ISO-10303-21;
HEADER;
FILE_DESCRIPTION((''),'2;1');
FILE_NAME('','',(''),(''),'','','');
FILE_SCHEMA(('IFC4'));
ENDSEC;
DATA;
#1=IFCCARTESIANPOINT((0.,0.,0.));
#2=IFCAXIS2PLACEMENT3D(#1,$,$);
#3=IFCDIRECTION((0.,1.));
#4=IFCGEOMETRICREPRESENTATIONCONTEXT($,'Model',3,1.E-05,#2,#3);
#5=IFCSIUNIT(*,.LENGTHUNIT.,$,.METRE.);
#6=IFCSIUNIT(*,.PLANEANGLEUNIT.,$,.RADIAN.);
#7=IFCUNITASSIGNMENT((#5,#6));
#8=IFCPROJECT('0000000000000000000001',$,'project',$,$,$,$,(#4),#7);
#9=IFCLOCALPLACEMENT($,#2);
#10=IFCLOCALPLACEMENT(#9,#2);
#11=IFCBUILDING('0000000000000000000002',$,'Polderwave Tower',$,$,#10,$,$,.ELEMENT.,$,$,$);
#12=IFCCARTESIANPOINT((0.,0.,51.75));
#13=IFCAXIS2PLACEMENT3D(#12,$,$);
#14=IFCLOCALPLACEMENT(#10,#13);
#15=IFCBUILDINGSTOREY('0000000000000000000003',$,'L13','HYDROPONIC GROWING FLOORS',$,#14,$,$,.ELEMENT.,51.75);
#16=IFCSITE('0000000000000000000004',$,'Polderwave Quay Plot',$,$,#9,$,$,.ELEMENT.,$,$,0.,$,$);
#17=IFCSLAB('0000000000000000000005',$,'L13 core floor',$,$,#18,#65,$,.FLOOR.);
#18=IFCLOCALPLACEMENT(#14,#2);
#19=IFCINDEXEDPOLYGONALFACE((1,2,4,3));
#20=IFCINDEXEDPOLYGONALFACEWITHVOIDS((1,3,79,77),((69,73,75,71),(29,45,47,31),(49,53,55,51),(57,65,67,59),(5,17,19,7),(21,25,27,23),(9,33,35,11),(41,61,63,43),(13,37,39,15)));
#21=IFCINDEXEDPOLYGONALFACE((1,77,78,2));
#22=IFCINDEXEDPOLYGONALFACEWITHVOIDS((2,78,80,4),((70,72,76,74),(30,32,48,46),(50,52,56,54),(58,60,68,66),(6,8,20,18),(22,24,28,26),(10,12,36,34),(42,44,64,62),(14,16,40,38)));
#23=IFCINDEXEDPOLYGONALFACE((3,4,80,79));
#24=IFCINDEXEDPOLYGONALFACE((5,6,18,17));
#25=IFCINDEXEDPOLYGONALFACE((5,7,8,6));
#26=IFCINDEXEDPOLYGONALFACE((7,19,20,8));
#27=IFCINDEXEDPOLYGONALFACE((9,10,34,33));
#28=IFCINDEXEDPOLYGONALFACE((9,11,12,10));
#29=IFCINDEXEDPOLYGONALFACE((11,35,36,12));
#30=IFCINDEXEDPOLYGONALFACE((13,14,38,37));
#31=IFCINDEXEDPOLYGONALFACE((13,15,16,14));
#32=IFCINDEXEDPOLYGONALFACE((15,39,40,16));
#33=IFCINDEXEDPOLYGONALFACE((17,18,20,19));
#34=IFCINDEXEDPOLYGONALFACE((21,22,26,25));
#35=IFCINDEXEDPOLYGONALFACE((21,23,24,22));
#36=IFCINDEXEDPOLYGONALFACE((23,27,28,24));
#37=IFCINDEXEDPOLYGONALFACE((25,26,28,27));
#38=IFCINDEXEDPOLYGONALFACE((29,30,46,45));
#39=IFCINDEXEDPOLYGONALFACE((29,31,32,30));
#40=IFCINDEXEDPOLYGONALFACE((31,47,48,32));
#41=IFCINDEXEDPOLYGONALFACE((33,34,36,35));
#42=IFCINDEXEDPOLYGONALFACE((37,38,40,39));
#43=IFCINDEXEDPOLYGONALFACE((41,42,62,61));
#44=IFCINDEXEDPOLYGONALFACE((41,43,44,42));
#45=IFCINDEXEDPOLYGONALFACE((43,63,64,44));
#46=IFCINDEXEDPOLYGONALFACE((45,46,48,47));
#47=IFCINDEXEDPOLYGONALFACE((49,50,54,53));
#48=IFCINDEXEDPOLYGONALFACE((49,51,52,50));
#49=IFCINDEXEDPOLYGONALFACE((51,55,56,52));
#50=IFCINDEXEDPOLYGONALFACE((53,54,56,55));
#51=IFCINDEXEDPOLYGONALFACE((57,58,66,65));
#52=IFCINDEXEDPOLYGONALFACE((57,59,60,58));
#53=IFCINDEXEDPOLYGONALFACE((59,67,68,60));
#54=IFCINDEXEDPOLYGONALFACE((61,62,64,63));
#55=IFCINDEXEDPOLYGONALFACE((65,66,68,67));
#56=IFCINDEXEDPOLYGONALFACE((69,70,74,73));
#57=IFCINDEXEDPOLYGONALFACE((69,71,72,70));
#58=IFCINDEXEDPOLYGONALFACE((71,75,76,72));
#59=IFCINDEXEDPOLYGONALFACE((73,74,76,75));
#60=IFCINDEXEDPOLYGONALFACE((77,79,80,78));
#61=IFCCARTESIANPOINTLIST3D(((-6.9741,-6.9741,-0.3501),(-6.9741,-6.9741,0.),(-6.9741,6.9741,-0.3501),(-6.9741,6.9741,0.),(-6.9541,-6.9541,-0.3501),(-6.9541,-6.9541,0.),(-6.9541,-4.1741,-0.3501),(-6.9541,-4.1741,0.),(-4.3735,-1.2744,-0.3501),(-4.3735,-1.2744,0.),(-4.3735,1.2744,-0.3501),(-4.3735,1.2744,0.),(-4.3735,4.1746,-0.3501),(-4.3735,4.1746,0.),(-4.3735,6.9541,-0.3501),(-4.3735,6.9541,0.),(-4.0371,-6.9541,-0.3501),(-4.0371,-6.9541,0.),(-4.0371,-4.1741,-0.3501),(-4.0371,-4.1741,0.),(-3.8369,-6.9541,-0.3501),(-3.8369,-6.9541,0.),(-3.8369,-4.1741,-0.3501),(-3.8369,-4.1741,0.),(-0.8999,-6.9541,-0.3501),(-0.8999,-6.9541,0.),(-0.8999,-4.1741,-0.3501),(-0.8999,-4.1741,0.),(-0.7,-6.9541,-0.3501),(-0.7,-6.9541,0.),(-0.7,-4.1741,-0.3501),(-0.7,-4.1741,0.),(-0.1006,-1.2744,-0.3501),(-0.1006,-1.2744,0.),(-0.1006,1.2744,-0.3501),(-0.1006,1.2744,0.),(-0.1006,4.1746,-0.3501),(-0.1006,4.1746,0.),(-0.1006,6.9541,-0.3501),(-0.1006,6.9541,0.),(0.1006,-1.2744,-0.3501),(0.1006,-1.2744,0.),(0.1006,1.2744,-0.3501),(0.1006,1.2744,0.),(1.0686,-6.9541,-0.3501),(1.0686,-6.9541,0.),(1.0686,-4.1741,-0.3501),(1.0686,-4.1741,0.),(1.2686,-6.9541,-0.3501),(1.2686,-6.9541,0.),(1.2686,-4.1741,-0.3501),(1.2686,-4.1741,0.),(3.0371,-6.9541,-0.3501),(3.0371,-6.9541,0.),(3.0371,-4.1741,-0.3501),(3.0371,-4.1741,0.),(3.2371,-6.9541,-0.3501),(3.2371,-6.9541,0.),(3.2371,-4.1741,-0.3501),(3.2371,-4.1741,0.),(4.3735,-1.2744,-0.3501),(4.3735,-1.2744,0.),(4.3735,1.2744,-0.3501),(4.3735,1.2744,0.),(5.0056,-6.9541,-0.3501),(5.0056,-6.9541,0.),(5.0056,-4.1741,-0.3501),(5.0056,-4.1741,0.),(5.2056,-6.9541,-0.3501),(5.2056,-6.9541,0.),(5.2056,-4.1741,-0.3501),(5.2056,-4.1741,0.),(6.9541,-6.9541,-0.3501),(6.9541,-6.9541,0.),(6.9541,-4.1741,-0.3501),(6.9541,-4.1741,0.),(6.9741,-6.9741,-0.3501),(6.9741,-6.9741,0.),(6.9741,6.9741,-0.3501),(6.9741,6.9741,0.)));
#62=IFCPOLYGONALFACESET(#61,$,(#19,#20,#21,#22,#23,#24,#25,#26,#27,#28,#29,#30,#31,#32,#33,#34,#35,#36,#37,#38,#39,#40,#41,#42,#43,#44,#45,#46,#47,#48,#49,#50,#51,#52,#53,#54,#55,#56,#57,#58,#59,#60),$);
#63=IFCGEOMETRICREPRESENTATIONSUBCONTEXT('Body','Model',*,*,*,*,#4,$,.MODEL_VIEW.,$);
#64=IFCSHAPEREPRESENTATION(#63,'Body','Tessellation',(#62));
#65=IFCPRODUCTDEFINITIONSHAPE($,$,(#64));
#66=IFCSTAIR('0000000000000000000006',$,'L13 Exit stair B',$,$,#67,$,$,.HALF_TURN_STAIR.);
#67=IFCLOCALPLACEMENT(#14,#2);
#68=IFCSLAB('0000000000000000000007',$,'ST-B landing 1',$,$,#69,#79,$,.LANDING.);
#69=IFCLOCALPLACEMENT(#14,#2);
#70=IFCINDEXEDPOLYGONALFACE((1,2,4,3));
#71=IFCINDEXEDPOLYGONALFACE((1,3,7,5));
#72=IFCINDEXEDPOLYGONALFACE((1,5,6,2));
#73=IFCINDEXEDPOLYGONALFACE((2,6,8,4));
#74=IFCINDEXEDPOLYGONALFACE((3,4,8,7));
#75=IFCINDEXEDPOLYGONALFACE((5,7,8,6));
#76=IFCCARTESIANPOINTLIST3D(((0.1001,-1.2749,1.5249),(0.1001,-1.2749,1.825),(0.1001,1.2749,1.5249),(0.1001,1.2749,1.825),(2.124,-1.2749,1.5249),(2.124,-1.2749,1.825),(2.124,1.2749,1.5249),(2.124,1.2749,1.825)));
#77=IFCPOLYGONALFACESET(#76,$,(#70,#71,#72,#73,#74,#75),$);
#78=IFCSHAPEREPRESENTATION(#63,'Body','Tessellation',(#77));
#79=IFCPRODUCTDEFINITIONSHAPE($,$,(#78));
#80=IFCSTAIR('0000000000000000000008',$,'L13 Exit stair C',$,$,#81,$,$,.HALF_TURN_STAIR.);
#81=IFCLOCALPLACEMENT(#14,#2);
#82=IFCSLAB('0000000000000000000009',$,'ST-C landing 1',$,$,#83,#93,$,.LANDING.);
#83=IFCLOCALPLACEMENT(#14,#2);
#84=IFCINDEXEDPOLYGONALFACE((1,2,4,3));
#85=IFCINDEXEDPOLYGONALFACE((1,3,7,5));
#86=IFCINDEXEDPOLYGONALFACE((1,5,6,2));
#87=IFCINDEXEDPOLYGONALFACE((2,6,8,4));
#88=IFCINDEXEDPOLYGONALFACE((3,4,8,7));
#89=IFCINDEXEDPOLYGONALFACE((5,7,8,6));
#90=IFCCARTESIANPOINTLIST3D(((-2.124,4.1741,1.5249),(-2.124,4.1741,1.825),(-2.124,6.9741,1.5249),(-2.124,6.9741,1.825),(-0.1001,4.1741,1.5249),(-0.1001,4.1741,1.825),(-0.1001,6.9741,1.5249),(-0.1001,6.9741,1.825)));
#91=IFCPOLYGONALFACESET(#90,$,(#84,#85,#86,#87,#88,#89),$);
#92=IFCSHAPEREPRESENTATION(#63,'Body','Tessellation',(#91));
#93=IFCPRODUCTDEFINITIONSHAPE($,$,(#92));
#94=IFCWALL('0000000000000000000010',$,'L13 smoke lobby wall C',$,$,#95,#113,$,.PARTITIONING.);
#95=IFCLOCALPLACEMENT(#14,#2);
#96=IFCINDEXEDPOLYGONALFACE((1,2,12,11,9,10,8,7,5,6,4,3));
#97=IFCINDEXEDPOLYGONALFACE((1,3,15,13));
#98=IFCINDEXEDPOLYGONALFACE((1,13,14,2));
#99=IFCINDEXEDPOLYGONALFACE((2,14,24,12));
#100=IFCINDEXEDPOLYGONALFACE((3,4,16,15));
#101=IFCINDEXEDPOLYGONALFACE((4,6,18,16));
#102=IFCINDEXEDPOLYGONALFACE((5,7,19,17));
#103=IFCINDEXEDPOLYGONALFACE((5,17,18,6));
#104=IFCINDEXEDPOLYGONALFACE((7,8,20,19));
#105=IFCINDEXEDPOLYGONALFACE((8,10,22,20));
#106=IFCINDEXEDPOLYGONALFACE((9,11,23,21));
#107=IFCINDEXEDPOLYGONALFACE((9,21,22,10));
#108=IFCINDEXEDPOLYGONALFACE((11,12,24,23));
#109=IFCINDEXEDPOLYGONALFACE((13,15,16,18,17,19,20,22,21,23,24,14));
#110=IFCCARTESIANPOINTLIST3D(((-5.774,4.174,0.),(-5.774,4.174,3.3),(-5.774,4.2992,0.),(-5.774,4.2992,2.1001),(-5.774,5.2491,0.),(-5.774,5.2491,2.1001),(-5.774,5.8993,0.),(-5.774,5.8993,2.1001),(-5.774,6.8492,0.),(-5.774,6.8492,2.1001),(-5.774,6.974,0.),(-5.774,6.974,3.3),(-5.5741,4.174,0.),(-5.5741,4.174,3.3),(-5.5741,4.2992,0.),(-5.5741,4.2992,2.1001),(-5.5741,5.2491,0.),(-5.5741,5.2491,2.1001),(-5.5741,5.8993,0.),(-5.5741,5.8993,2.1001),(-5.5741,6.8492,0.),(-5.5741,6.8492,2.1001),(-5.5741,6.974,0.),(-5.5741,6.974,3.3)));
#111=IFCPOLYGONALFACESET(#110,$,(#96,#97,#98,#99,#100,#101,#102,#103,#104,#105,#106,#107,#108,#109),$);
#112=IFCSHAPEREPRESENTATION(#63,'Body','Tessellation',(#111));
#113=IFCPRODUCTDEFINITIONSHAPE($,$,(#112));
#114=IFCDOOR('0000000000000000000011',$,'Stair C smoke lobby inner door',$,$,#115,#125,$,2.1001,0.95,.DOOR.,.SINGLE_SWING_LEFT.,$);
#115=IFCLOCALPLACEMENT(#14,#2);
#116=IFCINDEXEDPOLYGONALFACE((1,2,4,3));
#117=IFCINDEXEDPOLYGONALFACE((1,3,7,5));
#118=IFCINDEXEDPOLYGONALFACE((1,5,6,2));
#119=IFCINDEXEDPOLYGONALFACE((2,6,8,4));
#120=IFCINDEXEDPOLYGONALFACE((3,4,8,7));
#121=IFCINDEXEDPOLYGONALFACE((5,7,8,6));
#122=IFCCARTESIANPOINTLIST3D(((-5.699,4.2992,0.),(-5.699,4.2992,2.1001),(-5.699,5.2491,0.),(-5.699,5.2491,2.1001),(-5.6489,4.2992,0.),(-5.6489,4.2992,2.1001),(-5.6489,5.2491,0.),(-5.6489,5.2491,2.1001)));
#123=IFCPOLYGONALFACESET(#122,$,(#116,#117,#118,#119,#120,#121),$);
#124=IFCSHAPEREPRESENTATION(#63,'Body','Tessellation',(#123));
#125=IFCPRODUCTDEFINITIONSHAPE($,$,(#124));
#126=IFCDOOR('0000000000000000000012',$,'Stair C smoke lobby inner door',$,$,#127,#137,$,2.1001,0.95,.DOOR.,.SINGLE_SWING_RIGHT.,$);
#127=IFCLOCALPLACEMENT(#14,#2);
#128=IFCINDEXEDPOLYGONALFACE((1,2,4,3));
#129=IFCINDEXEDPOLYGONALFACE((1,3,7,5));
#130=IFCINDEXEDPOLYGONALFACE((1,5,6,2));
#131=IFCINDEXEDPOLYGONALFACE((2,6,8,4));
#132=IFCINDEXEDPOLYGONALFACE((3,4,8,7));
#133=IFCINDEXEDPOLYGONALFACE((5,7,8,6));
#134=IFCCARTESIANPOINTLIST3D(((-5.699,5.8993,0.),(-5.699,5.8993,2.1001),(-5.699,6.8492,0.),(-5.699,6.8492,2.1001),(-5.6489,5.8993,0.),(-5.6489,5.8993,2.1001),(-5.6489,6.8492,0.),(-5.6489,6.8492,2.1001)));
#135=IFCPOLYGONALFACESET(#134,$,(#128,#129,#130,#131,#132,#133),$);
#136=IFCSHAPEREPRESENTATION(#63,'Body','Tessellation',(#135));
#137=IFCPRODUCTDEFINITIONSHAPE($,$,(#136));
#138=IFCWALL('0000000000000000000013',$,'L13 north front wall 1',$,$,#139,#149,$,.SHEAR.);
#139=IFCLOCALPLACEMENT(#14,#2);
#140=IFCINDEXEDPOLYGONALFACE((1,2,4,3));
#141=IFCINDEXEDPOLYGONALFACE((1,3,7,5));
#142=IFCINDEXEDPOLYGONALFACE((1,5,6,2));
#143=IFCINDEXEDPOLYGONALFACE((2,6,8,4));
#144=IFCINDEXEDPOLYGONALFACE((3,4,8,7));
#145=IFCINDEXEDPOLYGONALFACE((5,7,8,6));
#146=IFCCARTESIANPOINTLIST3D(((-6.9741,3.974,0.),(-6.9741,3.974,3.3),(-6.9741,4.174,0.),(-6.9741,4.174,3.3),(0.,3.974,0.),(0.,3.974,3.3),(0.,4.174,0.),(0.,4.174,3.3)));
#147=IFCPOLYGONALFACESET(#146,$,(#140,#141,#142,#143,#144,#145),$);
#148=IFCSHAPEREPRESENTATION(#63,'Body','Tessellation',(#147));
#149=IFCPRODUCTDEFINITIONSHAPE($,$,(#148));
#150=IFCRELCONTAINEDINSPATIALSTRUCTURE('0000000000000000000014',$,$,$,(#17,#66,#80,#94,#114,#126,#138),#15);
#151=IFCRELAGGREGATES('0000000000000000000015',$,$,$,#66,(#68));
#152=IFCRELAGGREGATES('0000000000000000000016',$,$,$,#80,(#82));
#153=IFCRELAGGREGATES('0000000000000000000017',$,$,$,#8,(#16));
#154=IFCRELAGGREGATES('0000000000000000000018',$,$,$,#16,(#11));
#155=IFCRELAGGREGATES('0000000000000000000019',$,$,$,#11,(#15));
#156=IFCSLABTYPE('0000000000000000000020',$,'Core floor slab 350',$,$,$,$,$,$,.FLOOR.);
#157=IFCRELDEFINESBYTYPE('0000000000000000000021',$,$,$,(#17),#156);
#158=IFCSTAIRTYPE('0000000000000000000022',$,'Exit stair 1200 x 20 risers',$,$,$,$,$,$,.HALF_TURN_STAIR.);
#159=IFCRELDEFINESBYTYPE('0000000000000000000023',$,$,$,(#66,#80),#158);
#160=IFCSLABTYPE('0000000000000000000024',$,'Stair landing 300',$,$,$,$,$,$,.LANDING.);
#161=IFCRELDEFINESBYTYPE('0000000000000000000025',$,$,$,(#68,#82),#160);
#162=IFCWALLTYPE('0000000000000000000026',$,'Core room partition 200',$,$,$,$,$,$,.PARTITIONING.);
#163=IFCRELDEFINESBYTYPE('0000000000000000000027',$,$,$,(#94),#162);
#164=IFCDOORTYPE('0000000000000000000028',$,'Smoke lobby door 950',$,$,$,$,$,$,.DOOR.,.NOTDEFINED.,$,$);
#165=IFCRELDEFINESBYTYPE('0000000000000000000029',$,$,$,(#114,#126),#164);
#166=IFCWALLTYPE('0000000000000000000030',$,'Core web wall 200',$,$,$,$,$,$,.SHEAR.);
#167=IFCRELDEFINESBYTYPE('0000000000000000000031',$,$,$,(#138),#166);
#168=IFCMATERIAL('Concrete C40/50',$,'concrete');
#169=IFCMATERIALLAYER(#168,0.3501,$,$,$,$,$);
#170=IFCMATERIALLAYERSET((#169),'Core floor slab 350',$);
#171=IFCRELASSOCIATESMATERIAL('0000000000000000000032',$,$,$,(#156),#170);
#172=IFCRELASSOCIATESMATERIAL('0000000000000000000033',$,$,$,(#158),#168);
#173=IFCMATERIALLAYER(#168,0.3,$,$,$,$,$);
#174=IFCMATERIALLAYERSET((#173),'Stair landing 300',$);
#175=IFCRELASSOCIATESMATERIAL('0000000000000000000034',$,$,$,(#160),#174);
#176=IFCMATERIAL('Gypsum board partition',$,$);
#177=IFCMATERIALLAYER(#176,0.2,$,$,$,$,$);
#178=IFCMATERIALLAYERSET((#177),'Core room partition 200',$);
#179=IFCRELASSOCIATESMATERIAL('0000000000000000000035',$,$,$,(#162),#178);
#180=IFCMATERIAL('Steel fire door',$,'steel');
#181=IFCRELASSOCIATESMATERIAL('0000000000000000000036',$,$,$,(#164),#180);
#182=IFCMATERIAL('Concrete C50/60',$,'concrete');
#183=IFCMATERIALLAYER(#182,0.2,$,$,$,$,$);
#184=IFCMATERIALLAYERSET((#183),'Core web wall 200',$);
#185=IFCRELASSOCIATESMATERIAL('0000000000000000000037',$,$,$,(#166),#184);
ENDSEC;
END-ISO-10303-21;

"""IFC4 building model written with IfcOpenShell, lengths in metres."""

from ifc_helpers import new_model, si_unit, direction, frame, frame_2d, origin, place, context, subcontext, project, spatial, polyline, rectangle, outline, extrude, material, layer, layer_set, type_object, element, fill, aggregate, save


model = new_model("IFC4")

# Units and contexts
model_context = context("Model", 3, precision=1e-05, world=origin(), true_north=direction((0.0, 1.0)))
body_context = subcontext(model_context, "Body", "Model", "MODEL_VIEW")
ifc_project = project(units=[si_unit("LENGTHUNIT", "METRE"), si_unit("PLANEANGLEUNIT", "RADIAN")], contexts=[model_context])

# Site, building, storey
site_placement = place(None, origin())
site = spatial("IfcSite", under=ifc_project, at=site_placement, Name="Polderwave Quay Plot", CompositionType="ELEMENT", RefElevation=0.0)
building_placement = place(site_placement, origin())
building = spatial("IfcBuilding", under=site, at=building_placement, Name="Polderwave Tower", CompositionType="ELEMENT")
storey_placement = place(building_placement, frame((0.0, 0.0, 51.75)))
storey = spatial("IfcBuildingStorey", under=building, at=storey_placement, Name="L13", Description="HYDROPONIC GROWING FLOORS", CompositionType="ELEMENT", Elevation=51.75)

# Slab
ifc_material_1 = material(Name="Concrete C40/50", Category="concrete")
ifc_layer_1 = layer(ifc_material_1, 0.3501)
ifc_layer_set_1 = layer_set([ifc_layer_1], Name="Core floor slab 350")
slab_type_1 = type_object("IfcSlabType", Name="Core floor slab 350", PredefinedType="FLOOR", material=ifc_layer_set_1)
slab_1_placement = place(storey_placement, frame((0.0, 0.0, -0.3501)))
element("IfcSlab", 1, at=slab_1_placement, inside=storey, type_object=slab_type_1, Name="L13 core floor", PredefinedType="FLOOR", context=body_context, shape_type="SweptSolid", body=[
    extrude(outline(polyline([(-6.9741, -6.9741), (6.9741, -6.9741), (6.9741, 6.9741), (-6.9741, 6.9741), (-6.9741, -6.9741)]), holes=[polyline([(-6.9541, -6.9541), (-4.0371, -6.9541), (-4.0371, -4.1741), (-6.9541, -4.1741), (-6.9541, -6.9541)]), polyline([(-3.8369, -6.9541), (-0.8999, -6.9541), (-0.8999, -4.1741), (-3.8369, -4.1741), (-3.8369, -6.9541)]), polyline([(-0.7, -6.9541), (1.0686, -6.9541), (1.0686, -4.1741), (-0.7, -4.1741), (-0.7, -6.9541)]), polyline([(1.2686, -6.9541), (3.0371, -6.9541), (3.0371, -4.1741), (1.2686, -4.1741), (1.2686, -6.9541)]), polyline([(3.2371, -6.9541), (5.0056, -6.9541), (5.0056, -4.1741), (3.2371, -4.1741), (3.2371, -6.9541)]), polyline([(5.2056, -6.9541), (6.9541, -6.9541), (6.9541, -4.1741), (5.2056, -4.1741), (5.2056, -6.9541)]), polyline([(-4.3735, -1.2744), (-0.1006, -1.2744), (-0.1006, 1.2744), (-4.3735, 1.2744), (-4.3735, -1.2744)]), polyline([(0.1006, -1.2744), (4.3735, -1.2744), (4.3735, 1.2744), (0.1006, 1.2744), (0.1006, -1.2744)]), polyline([(-4.3735, 4.1746), (-0.1006, 4.1746), (-0.1006, 6.9541), (-4.3735, 6.9541), (-4.3735, 4.1746)])]), origin(), (0.0, 0.0, 1.0), 0.3501),
])

# Stairs, slabs
stair_type = type_object("IfcStairType", Name="Exit stair 1200 x 20 risers", PredefinedType="HALF_TURN_STAIR", material=ifc_material_1)
stair_1_placement = place(storey_placement, origin())
stair_1 = element("IfcStair", 2, at=stair_1_placement, inside=storey, type_object=stair_type, Name="L13 Exit stair B", PredefinedType="HALF_TURN_STAIR")
ifc_layer_2 = layer(ifc_material_1, 0.3)
ifc_layer_set_2 = layer_set([ifc_layer_2], Name="Stair landing 300")
slab_type_2 = type_object("IfcSlabType", Name="Stair landing 300", PredefinedType="LANDING", material=ifc_layer_set_2)
slab_2_placement = place(storey_placement, frame((0.0, 0.0, 1.5249)))
slab_2 = element("IfcSlab", 3, at=slab_2_placement, type_object=slab_type_2, Name="ST-B landing 1", PredefinedType="LANDING", context=body_context, shape_type="SweptSolid", body=[
    extrude(outline(polyline([(2.124, 1.2749), (0.1001, 1.2749), (0.1001, -1.2749), (2.124, -1.2749), (2.124, 1.2749)])), origin(), (0.0, 0.0, 1.0), 0.3),
])
aggregate(stair_1, [slab_2])
stair_2_placement = place(storey_placement, origin())
stair_2 = element("IfcStair", 4, at=stair_2_placement, inside=storey, type_object=stair_type, Name="L13 Exit stair C", PredefinedType="HALF_TURN_STAIR")
slab_3_placement = place(storey_placement, frame((0.0, 0.0, 1.5249)))
slab_3 = element("IfcSlab", 5, at=slab_3_placement, type_object=slab_type_2, Name="ST-C landing 1", PredefinedType="LANDING", context=body_context, shape_type="SweptSolid", body=[
    extrude(outline(polyline([(-2.124, 4.1741), (-0.1001, 4.1741), (-0.1001, 6.9741), (-2.124, 6.9741), (-2.124, 4.1741)])), origin(), (0.0, 0.0, 1.0), 0.3),
])

# Wall, openings, doors
ifc_material_2 = material(Name="Gypsum board partition")
ifc_layer_3 = layer(ifc_material_2, 0.2)
ifc_layer_set_3 = layer_set([ifc_layer_3], Name="Core room partition 200")
wall_type_1 = type_object("IfcWallType", Name="Core room partition 200", PredefinedType="PARTITIONING", material=ifc_layer_set_3)
wall_1_placement = place(storey_placement, frame((-5.6741, 4.1741, 0.0), z_axis=(0.0, 0.0, 1.0), x_axis=(0.0, 1.0, 0.0)))
wall_1 = element("IfcWall", 6, at=wall_1_placement, inside=storey, type_object=wall_type_1, Name="L13 smoke lobby wall C", PredefinedType="PARTITIONING", context=body_context, shape_type="SweptSolid", body=[
    extrude(rectangle(XDim=2.8, YDim=0.2, at=frame_2d((1.3999, 0.0))), origin(), (0.0, 0.0, 1.0), 3.3),
])
opening_1_placement = place(wall_1_placement, frame((0.125, 0.0, 0.0)))
opening_1 = element("IfcOpeningElement", 7, at=opening_1_placement, cuts=wall_1, PredefinedType="OPENING", context=body_context, shape_type="SweptSolid", body=[
    extrude(rectangle(XDim=0.95, YDim=2.1001, at=frame_2d((0.4751, 1.05))), frame((0.0, 0.1099, 0.0), z_axis=(0.0, -1.0, 0.0), x_axis=(1.0, 0.0, 0.0)), (0.0, 0.0, 1.0), 0.22),
])
opening_2_placement = place(wall_1_placement, frame((1.7251, 0.0, 0.0)))
opening_2 = element("IfcOpeningElement", 8, at=opening_2_placement, cuts=wall_1, PredefinedType="OPENING", context=body_context, shape_type="SweptSolid", body=[
    extrude(rectangle(XDim=0.95, YDim=2.1001, at=frame_2d((0.4751, 1.05))), frame((0.0, 0.1099, 0.0), z_axis=(0.0, -1.0, 0.0), x_axis=(1.0, 0.0, 0.0)), (0.0, 0.0, 1.0), 0.22),
])
ifc_material_3 = material(Name="Steel fire door", Category="steel")
door_type_1 = type_object("IfcDoorType", Name="Smoke lobby door 950", OperationType="NOTDEFINED", PredefinedType="DOOR", material=ifc_material_3)
door_1_placement = place(opening_1_placement, origin())
door_1 = element("IfcDoor", 9, at=door_1_placement, inside=storey, type_object=door_type_1, Name="Stair C smoke lobby inner door", OperationType="SINGLE_SWING_LEFT", OverallHeight=2.1001, OverallWidth=0.95, PredefinedType="DOOR", context=body_context, shape_type="SweptSolid", body=[
    extrude(rectangle(XDim=0.95, YDim=2.1001, at=frame_2d((0.4751, 1.05))), frame((0.0, 0.0249, 0.0), z_axis=(0.0, -1.0, 0.0), x_axis=(1.0, 0.0, 0.0)), (0.0, 0.0, 1.0), 0.05),
])
fill(opening_1, door_1)
door_2_placement = place(opening_2_placement, origin())
door_2 = element("IfcDoor", 10, at=door_2_placement, inside=storey, type_object=door_type_1, Name="Stair C smoke lobby inner door", OperationType="SINGLE_SWING_RIGHT", OverallHeight=2.1001, OverallWidth=0.95, PredefinedType="DOOR", context=body_context, shape_type="SweptSolid", body=[
    extrude(rectangle(XDim=0.95, YDim=2.1001, at=frame_2d((0.4751, 1.05))), frame((0.0, 0.0249, 0.0), z_axis=(0.0, -1.0, 0.0), x_axis=(1.0, 0.0, 0.0)), (0.0, 0.0, 1.0), 0.05),
])
fill(opening_2, door_2)

# Wall
ifc_material_4 = material(Name="Concrete C50/60", Category="concrete")
ifc_layer_4 = layer(ifc_material_4, 0.2)
ifc_layer_set_4 = layer_set([ifc_layer_4], Name="Core web wall 200")
wall_type_2 = type_object("IfcWallType", Name="Core web wall 200", PredefinedType="SHEAR", material=ifc_layer_set_4)
wall_2_placement = place(storey_placement, frame((-6.9741, 4.074, 0.0), z_axis=(0.0, 0.0, 1.0), x_axis=(1.0, 0.0, 0.0)))
element("IfcWall", 11, at=wall_2_placement, inside=storey, type_object=wall_type_2, Name="L13 north front wall 1", PredefinedType="SHEAR", context=body_context, shape_type="SweptSolid", body=[
    extrude(rectangle(XDim=6.9741, YDim=0.2, at=frame_2d((3.4871, 0.0))), origin(), (0.0, 0.0, 1.0), 3.3),
])

aggregate(stair_2, [slab_3])

save(model, "model.ifc")
